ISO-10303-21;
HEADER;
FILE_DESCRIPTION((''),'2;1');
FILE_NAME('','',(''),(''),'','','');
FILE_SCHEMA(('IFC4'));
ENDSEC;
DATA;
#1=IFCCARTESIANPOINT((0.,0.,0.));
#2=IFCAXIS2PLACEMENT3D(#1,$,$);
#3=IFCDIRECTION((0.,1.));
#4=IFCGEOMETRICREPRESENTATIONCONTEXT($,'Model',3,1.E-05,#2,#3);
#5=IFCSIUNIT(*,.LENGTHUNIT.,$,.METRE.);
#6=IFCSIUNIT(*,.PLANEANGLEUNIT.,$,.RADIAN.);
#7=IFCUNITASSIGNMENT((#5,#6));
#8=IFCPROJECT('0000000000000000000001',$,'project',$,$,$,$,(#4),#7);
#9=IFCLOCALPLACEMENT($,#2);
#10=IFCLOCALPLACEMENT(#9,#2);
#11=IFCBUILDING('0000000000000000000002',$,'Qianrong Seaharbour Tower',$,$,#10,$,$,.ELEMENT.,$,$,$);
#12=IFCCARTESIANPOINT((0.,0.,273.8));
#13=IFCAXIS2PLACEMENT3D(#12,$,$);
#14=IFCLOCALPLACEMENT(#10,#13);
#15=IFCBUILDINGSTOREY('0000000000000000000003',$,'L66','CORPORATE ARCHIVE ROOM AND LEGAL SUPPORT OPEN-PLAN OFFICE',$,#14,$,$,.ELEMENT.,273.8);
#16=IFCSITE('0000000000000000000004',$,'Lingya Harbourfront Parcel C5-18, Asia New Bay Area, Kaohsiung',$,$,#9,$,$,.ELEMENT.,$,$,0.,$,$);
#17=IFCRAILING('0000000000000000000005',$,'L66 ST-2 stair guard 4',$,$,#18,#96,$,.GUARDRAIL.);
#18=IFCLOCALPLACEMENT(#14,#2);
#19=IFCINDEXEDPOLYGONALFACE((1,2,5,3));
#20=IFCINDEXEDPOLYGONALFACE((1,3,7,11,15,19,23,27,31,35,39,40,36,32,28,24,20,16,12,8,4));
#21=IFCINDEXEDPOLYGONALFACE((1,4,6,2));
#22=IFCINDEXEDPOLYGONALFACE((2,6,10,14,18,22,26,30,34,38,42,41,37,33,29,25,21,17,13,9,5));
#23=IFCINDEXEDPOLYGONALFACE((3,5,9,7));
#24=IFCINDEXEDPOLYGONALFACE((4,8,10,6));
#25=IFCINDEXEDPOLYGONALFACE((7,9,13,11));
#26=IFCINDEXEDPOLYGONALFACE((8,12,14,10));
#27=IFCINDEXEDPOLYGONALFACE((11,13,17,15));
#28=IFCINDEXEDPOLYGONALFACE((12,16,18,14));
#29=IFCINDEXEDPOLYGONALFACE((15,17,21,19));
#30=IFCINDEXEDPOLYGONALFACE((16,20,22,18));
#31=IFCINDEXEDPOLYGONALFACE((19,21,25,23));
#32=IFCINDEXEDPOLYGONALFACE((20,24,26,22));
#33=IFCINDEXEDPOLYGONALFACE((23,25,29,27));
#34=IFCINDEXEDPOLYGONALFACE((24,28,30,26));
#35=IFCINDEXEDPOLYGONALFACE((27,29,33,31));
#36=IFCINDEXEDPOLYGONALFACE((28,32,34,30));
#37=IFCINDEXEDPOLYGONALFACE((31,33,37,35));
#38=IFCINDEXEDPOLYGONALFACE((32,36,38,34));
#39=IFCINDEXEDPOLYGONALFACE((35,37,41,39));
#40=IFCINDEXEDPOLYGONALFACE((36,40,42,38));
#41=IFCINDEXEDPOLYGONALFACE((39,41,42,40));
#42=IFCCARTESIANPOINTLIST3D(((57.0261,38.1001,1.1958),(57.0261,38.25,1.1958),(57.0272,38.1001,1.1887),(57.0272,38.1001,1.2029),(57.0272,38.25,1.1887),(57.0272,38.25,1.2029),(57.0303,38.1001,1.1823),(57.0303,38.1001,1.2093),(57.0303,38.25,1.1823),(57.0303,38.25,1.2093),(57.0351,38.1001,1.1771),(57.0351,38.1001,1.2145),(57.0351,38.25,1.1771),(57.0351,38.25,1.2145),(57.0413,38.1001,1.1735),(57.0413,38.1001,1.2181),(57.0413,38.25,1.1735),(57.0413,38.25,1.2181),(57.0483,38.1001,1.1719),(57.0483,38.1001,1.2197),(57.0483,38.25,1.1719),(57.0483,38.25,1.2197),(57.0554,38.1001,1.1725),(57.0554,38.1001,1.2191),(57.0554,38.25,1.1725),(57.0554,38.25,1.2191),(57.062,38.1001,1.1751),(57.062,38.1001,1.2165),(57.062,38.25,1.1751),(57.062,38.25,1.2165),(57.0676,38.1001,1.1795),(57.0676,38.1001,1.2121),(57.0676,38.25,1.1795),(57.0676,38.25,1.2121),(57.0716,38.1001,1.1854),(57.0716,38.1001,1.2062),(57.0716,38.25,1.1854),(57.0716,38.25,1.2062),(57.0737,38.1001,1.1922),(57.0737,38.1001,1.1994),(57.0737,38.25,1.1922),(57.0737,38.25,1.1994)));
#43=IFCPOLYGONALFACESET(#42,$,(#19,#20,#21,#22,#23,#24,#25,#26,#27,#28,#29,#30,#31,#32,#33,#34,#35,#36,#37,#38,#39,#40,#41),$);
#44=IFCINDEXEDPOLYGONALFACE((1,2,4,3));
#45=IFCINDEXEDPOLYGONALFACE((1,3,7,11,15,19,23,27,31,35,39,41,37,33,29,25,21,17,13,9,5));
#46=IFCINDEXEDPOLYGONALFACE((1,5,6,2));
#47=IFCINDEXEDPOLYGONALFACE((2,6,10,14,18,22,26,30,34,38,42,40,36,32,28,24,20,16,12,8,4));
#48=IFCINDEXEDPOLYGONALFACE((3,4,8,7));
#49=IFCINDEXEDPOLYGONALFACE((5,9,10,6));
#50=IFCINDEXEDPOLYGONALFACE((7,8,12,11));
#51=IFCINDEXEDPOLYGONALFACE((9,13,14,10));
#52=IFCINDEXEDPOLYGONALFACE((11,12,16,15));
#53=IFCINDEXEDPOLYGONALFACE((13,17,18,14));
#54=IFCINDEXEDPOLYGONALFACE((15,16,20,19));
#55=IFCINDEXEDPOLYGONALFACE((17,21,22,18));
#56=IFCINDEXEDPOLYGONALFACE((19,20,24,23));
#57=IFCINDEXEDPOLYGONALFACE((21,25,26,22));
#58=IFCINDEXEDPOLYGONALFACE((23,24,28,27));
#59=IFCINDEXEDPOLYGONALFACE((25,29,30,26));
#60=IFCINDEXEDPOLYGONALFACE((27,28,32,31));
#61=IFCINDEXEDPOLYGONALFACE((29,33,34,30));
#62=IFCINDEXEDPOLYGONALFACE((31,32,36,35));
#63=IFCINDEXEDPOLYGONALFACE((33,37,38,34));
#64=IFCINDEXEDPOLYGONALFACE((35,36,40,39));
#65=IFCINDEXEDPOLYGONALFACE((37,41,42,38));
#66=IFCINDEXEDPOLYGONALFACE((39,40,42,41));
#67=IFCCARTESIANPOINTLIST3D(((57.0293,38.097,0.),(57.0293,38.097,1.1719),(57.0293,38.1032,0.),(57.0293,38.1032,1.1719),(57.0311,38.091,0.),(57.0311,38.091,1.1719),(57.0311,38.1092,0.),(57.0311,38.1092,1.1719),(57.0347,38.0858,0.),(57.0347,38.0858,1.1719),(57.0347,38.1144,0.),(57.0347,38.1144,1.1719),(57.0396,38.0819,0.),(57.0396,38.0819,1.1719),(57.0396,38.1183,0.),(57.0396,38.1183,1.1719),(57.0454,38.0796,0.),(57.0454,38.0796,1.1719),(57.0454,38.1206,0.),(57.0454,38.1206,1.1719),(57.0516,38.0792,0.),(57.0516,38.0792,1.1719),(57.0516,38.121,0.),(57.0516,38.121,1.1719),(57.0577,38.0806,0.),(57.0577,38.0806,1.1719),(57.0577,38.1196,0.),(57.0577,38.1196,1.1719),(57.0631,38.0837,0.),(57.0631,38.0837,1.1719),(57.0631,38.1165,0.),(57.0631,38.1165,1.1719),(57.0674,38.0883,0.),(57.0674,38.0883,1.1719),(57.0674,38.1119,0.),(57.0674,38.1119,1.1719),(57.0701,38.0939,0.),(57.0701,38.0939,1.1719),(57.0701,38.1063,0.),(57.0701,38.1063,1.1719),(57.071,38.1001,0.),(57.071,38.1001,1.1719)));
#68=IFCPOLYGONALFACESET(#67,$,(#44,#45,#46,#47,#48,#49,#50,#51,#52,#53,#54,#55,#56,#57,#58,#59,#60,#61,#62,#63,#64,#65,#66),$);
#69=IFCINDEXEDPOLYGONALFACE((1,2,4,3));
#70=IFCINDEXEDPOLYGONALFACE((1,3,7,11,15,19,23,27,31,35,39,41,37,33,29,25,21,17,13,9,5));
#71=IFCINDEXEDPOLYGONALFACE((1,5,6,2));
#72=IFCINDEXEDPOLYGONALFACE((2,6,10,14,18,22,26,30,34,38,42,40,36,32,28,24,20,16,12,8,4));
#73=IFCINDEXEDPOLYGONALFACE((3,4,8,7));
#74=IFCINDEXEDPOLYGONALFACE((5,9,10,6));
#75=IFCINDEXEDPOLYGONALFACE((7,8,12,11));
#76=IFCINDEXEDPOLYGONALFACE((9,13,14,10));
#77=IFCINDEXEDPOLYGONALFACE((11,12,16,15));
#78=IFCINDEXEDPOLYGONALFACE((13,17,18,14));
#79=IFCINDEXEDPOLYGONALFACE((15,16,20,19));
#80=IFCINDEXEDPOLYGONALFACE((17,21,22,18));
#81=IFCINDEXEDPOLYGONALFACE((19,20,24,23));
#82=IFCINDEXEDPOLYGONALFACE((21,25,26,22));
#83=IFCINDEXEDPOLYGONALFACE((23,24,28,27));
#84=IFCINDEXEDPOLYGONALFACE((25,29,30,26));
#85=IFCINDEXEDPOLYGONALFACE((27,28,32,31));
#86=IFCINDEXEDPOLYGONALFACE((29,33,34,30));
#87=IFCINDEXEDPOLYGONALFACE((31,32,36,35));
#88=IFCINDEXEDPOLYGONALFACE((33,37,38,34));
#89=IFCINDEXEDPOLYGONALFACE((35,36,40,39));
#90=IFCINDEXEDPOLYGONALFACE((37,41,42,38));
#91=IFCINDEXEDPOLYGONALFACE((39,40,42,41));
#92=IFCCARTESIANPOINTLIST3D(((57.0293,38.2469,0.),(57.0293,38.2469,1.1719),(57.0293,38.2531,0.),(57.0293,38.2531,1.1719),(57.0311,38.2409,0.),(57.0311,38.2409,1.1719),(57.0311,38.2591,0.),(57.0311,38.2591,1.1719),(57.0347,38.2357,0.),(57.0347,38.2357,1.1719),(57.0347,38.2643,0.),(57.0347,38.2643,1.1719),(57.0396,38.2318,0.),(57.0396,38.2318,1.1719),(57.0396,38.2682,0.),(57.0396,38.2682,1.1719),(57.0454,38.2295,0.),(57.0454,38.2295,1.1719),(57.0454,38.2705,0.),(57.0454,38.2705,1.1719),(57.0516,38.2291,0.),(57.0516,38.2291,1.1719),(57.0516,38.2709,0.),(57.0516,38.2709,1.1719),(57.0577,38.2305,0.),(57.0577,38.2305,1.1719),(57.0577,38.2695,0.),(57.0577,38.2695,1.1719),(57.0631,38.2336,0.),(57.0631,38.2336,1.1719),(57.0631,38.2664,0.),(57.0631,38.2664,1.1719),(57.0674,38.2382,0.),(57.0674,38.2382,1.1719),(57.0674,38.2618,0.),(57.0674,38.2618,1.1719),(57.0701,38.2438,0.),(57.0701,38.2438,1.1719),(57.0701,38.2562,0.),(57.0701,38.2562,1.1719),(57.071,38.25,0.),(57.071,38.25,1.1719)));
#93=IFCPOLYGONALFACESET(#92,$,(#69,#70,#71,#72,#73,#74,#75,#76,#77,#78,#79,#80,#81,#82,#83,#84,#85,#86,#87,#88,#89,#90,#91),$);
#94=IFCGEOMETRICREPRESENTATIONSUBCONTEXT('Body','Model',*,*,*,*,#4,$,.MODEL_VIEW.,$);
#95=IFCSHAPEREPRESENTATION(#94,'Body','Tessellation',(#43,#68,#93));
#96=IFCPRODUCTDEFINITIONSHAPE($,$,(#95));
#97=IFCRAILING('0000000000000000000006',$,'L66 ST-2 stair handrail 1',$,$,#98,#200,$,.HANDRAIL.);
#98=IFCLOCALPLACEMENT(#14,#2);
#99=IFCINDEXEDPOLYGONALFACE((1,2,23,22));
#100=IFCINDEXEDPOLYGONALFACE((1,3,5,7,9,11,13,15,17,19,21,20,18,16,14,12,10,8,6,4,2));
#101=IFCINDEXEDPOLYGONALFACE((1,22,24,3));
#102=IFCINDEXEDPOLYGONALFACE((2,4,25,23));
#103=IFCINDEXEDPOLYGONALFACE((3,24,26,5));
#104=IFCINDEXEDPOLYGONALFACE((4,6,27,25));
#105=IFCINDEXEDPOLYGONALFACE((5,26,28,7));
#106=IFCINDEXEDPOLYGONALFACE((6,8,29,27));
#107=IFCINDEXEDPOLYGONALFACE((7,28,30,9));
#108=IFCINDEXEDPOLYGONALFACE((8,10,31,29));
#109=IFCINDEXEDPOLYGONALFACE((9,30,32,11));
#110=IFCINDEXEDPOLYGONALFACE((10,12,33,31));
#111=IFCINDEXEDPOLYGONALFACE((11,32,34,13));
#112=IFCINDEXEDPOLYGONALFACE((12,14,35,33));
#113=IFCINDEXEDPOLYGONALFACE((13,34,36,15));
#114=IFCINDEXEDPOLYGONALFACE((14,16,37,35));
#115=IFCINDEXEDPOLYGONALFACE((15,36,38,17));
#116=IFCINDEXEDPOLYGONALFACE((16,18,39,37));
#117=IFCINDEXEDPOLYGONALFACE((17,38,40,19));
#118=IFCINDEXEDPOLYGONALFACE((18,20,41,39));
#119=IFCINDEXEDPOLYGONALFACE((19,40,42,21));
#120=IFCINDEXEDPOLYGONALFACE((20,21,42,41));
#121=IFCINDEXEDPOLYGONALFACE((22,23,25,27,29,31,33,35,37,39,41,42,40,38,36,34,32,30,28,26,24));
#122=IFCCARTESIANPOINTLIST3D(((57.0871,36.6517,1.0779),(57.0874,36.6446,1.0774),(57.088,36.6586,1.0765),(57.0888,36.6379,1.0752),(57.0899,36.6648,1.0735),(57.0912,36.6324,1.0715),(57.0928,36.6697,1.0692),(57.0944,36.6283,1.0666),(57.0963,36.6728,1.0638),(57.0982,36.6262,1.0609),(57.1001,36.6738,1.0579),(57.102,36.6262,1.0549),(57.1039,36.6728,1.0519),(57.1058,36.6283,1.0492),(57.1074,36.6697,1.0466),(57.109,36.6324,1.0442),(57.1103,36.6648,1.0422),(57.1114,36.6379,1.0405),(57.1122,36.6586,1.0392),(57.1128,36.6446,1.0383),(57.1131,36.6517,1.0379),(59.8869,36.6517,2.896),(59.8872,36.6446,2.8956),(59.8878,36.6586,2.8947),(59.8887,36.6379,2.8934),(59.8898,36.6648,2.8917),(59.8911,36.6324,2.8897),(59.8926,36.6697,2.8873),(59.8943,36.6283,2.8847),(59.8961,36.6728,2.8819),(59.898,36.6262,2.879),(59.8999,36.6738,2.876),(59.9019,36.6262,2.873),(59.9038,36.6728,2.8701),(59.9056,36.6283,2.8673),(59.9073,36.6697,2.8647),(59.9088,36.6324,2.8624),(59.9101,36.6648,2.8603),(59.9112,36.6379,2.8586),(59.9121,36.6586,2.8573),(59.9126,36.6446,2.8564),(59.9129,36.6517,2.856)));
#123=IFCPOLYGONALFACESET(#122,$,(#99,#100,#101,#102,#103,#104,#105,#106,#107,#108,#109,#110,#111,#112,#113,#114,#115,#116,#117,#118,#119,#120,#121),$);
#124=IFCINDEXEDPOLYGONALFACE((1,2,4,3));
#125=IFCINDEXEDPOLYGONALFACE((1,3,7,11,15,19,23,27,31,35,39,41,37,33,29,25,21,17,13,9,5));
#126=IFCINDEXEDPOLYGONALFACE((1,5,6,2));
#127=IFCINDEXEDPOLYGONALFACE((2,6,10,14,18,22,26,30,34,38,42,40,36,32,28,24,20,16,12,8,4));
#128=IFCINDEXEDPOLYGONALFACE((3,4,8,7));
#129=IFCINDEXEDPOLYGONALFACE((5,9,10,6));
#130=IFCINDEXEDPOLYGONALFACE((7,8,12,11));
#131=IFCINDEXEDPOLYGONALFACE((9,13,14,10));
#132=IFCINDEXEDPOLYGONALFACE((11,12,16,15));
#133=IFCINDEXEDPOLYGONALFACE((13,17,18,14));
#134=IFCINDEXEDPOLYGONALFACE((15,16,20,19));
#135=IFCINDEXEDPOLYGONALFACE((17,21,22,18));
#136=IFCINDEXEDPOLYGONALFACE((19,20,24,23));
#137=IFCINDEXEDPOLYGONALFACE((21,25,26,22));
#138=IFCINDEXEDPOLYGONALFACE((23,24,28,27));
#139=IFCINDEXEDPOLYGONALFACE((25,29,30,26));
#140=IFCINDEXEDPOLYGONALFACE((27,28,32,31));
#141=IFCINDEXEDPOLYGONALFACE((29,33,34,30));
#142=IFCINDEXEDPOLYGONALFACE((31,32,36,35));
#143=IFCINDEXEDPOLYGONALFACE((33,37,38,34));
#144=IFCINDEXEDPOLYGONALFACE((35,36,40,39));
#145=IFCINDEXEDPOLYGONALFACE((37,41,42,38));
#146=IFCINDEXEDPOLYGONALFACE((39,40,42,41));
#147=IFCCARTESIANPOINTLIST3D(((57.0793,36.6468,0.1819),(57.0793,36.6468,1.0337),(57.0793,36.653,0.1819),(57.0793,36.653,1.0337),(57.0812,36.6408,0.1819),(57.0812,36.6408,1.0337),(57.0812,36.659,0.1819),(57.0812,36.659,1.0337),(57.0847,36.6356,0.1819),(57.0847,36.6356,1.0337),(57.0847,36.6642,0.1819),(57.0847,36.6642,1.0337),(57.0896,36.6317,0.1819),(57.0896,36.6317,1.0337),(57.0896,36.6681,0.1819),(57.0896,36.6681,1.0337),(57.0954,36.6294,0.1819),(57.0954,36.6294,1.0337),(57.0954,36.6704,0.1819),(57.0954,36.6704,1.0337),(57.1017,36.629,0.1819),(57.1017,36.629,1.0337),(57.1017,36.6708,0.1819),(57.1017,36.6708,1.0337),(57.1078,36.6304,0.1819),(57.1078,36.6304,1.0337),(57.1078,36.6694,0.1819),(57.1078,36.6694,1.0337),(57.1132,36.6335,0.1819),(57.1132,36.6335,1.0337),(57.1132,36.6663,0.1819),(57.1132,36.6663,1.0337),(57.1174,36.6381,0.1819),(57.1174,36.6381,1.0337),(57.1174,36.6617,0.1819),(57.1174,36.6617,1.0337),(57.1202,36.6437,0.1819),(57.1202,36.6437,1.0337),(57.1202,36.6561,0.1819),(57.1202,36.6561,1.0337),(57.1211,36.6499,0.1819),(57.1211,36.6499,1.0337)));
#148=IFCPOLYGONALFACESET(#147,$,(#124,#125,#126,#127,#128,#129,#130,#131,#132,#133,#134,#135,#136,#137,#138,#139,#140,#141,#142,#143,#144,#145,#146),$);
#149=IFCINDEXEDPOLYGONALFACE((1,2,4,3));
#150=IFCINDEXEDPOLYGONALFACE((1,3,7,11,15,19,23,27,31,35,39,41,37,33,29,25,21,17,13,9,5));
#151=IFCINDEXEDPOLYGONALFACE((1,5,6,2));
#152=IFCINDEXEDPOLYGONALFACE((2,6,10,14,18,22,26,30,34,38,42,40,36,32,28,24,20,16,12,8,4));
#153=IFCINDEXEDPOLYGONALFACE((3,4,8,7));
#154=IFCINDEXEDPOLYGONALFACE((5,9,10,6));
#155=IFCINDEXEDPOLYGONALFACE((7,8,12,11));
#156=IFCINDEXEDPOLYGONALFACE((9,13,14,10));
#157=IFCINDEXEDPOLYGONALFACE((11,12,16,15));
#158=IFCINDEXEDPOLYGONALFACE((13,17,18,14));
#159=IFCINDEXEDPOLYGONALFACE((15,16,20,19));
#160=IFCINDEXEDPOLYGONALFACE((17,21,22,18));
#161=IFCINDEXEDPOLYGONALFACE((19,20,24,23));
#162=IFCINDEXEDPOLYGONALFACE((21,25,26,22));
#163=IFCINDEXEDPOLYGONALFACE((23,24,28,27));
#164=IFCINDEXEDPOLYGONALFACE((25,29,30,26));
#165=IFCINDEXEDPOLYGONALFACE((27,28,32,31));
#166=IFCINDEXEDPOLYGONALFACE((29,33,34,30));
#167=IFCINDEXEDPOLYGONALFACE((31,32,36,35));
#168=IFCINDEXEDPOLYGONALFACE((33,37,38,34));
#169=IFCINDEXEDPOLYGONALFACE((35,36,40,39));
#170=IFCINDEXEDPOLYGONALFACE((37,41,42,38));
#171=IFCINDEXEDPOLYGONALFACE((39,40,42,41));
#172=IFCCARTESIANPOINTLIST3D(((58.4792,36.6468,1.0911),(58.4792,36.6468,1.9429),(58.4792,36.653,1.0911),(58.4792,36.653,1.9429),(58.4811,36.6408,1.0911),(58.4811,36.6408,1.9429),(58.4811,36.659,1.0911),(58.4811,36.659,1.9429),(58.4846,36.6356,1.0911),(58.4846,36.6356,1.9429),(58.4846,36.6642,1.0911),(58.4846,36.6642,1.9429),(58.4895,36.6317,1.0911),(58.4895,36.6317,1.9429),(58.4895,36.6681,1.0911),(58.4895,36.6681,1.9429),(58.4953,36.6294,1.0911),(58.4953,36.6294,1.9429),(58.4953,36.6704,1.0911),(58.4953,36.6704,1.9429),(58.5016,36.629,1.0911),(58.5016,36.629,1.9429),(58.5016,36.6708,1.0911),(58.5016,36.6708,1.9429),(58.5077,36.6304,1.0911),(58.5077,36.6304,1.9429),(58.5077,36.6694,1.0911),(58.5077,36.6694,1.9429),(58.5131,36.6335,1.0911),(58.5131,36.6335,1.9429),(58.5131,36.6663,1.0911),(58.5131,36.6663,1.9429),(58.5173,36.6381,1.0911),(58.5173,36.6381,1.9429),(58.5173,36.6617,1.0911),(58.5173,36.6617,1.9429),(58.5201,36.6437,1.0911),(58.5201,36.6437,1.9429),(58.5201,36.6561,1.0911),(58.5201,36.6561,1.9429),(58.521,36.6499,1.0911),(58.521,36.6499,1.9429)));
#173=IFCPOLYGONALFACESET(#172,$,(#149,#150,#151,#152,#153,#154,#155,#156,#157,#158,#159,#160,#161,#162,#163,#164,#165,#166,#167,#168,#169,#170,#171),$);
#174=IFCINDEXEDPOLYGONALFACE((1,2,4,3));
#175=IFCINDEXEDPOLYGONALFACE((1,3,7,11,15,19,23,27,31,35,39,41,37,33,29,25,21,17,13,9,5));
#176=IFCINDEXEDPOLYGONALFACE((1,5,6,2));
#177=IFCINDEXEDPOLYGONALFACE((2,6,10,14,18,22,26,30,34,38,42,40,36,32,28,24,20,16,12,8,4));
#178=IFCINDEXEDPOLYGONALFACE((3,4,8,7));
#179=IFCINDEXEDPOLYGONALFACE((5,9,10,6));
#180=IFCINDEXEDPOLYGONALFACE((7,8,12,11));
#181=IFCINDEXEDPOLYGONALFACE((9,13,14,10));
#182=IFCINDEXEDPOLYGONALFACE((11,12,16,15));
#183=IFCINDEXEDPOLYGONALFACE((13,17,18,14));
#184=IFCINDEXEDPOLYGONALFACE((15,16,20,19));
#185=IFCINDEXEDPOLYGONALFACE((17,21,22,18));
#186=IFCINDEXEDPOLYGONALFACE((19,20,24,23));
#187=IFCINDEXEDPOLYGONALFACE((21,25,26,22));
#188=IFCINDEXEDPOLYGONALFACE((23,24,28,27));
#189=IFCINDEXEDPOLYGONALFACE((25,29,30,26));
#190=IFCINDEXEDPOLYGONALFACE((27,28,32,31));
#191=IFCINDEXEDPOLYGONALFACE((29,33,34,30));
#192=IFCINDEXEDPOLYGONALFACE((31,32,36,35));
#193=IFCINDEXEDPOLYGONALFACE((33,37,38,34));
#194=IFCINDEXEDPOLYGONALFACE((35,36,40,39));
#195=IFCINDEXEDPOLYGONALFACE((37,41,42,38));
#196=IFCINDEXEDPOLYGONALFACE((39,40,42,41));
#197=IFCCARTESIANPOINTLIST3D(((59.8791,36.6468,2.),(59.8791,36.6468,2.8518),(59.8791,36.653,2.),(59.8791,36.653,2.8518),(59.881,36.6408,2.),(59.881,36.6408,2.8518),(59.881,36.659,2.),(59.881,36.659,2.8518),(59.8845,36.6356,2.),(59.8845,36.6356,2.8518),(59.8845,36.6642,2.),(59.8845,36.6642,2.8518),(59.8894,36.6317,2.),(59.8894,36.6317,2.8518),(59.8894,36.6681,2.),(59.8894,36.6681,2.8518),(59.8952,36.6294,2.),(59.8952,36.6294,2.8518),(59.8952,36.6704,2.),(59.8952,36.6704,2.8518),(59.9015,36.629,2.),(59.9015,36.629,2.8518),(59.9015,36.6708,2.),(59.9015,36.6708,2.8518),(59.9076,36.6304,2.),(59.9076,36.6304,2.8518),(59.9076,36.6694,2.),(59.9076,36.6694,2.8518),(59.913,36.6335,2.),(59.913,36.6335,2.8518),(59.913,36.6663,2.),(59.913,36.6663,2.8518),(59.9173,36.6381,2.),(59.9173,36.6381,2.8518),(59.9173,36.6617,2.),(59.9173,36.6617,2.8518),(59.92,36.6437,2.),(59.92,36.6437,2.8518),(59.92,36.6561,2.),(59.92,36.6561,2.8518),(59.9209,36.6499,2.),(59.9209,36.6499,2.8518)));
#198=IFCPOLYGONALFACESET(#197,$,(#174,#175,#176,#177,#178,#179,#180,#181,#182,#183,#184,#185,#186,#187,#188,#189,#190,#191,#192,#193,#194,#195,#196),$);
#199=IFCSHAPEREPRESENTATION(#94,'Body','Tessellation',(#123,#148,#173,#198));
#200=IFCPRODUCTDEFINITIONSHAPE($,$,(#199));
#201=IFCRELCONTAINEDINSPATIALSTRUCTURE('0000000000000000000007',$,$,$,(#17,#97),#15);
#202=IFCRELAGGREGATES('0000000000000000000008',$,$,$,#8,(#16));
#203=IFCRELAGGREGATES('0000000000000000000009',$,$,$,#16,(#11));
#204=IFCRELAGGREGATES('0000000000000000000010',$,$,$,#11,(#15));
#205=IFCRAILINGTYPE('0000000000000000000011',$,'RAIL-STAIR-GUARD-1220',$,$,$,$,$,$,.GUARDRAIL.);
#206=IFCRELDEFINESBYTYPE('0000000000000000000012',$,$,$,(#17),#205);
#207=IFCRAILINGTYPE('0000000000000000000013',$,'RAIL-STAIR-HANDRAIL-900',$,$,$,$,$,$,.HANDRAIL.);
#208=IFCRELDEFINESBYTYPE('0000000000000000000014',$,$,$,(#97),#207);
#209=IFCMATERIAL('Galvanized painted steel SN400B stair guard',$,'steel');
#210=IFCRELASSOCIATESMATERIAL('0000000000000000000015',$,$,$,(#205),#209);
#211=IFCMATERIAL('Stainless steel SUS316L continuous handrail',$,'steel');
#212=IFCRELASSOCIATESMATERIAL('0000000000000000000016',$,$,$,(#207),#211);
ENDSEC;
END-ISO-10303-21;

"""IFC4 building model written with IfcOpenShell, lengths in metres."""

from ifc_helpers import new_model, si_unit, direction, frame, origin, origin_2d, place, context, subcontext, project, spatial, circle, extrude, material, type_object, element, save


model = new_model("IFC4")

# Units and contexts
model_context = context("Model", 3, precision=1e-05, world=origin(), true_north=direction((0.0, 1.0)))
body_context = subcontext(model_context, "Body", "Model", "MODEL_VIEW")
ifc_project = project(units=[si_unit("LENGTHUNIT", "METRE"), si_unit("PLANEANGLEUNIT", "RADIAN")], contexts=[model_context])

# Site, building, storey
site_placement = place(None, origin())
site = spatial("IfcSite", under=ifc_project, at=site_placement, Name="Lingya Harbourfront Parcel C5-18, Asia New Bay Area, Kaohsiung", CompositionType="ELEMENT", RefElevation=0.0)
building_placement = place(site_placement, origin())
building = spatial("IfcBuilding", under=site, at=building_placement, Name="Qianrong Seaharbour Tower", CompositionType="ELEMENT")
storey_placement = place(building_placement, frame((0.0, 0.0, 273.8)))
storey = spatial("IfcBuildingStorey", under=building, at=storey_placement, Name="L66", Description="CORPORATE ARCHIVE ROOM AND LEGAL SUPPORT OPEN-PLAN OFFICE", CompositionType="ELEMENT", Elevation=273.8)

# Railings
ifc_material_1 = material(Name="Galvanized painted steel SN400B stair guard", Category="steel")
railing_type_1 = type_object("IfcRailingType", Name="RAIL-STAIR-GUARD-1220", PredefinedType="GUARDRAIL", material=ifc_material_1)
railing_1_placement = place(storey_placement, frame((57.05, 38.1001, 0.0)))
element("IfcRailing", 1, at=railing_1_placement, inside=storey, type_object=railing_type_1, Name="L66 ST-2 stair guard 4", PredefinedType="GUARDRAIL", context=body_context, shape_type="SweptSolid", body=[
    extrude(circle(Radius=0.0239, at=origin_2d()), frame((0.0, 0.0, 1.1958), z_axis=(0.0, 1.0, 0.0), x_axis=(-1.0, 0.0, 0.0)), (0.0, 0.0, 1.0), 0.1499),
    extrude(circle(Radius=0.021, at=origin_2d()), origin(), (0.0, 0.0, 1.0), 1.1719),
    extrude(circle(Radius=0.021, at=origin_2d()), frame((0.0, 0.1499, 0.0)), (0.0, 0.0, 1.0), 1.1719),
])
ifc_material_2 = material(Name="Stainless steel SUS316L continuous handrail", Category="steel")
railing_type_2 = type_object("IfcRailingType", Name="RAIL-STAIR-HANDRAIL-900", PredefinedType="HANDRAIL", material=ifc_material_2)
railing_2_placement = place(storey_placement, frame((57.1001, 36.6499, 0.1819)))
element("IfcRailing", 2, at=railing_2_placement, inside=storey, type_object=railing_type_2, Name="L66 ST-2 stair handrail 1", PredefinedType="HANDRAIL", context=body_context, shape_type="SweptSolid", body=[
    extrude(circle(Radius=0.0239, at=origin_2d()), frame((0.0, 0.0, 0.876), z_axis=(0.838684, 0.0, 0.544618), x_axis=(0.0, 1.0, 0.0)), (0.0, 0.0, 1.0), 3.3384),
    extrude(circle(Radius=0.021, at=origin_2d()), origin(), (0.0, 0.0, 1.0), 0.8518),
    extrude(circle(Radius=0.021, at=origin_2d()), frame((1.3999, 0.0, 0.9092)), (0.0, 0.0, 1.0), 0.8518),
    extrude(circle(Radius=0.021, at=origin_2d()), frame((2.7998, 0.0, 1.8181)), (0.0, 0.0, 1.0), 0.8518),
])

save(model, "model.ifc")
